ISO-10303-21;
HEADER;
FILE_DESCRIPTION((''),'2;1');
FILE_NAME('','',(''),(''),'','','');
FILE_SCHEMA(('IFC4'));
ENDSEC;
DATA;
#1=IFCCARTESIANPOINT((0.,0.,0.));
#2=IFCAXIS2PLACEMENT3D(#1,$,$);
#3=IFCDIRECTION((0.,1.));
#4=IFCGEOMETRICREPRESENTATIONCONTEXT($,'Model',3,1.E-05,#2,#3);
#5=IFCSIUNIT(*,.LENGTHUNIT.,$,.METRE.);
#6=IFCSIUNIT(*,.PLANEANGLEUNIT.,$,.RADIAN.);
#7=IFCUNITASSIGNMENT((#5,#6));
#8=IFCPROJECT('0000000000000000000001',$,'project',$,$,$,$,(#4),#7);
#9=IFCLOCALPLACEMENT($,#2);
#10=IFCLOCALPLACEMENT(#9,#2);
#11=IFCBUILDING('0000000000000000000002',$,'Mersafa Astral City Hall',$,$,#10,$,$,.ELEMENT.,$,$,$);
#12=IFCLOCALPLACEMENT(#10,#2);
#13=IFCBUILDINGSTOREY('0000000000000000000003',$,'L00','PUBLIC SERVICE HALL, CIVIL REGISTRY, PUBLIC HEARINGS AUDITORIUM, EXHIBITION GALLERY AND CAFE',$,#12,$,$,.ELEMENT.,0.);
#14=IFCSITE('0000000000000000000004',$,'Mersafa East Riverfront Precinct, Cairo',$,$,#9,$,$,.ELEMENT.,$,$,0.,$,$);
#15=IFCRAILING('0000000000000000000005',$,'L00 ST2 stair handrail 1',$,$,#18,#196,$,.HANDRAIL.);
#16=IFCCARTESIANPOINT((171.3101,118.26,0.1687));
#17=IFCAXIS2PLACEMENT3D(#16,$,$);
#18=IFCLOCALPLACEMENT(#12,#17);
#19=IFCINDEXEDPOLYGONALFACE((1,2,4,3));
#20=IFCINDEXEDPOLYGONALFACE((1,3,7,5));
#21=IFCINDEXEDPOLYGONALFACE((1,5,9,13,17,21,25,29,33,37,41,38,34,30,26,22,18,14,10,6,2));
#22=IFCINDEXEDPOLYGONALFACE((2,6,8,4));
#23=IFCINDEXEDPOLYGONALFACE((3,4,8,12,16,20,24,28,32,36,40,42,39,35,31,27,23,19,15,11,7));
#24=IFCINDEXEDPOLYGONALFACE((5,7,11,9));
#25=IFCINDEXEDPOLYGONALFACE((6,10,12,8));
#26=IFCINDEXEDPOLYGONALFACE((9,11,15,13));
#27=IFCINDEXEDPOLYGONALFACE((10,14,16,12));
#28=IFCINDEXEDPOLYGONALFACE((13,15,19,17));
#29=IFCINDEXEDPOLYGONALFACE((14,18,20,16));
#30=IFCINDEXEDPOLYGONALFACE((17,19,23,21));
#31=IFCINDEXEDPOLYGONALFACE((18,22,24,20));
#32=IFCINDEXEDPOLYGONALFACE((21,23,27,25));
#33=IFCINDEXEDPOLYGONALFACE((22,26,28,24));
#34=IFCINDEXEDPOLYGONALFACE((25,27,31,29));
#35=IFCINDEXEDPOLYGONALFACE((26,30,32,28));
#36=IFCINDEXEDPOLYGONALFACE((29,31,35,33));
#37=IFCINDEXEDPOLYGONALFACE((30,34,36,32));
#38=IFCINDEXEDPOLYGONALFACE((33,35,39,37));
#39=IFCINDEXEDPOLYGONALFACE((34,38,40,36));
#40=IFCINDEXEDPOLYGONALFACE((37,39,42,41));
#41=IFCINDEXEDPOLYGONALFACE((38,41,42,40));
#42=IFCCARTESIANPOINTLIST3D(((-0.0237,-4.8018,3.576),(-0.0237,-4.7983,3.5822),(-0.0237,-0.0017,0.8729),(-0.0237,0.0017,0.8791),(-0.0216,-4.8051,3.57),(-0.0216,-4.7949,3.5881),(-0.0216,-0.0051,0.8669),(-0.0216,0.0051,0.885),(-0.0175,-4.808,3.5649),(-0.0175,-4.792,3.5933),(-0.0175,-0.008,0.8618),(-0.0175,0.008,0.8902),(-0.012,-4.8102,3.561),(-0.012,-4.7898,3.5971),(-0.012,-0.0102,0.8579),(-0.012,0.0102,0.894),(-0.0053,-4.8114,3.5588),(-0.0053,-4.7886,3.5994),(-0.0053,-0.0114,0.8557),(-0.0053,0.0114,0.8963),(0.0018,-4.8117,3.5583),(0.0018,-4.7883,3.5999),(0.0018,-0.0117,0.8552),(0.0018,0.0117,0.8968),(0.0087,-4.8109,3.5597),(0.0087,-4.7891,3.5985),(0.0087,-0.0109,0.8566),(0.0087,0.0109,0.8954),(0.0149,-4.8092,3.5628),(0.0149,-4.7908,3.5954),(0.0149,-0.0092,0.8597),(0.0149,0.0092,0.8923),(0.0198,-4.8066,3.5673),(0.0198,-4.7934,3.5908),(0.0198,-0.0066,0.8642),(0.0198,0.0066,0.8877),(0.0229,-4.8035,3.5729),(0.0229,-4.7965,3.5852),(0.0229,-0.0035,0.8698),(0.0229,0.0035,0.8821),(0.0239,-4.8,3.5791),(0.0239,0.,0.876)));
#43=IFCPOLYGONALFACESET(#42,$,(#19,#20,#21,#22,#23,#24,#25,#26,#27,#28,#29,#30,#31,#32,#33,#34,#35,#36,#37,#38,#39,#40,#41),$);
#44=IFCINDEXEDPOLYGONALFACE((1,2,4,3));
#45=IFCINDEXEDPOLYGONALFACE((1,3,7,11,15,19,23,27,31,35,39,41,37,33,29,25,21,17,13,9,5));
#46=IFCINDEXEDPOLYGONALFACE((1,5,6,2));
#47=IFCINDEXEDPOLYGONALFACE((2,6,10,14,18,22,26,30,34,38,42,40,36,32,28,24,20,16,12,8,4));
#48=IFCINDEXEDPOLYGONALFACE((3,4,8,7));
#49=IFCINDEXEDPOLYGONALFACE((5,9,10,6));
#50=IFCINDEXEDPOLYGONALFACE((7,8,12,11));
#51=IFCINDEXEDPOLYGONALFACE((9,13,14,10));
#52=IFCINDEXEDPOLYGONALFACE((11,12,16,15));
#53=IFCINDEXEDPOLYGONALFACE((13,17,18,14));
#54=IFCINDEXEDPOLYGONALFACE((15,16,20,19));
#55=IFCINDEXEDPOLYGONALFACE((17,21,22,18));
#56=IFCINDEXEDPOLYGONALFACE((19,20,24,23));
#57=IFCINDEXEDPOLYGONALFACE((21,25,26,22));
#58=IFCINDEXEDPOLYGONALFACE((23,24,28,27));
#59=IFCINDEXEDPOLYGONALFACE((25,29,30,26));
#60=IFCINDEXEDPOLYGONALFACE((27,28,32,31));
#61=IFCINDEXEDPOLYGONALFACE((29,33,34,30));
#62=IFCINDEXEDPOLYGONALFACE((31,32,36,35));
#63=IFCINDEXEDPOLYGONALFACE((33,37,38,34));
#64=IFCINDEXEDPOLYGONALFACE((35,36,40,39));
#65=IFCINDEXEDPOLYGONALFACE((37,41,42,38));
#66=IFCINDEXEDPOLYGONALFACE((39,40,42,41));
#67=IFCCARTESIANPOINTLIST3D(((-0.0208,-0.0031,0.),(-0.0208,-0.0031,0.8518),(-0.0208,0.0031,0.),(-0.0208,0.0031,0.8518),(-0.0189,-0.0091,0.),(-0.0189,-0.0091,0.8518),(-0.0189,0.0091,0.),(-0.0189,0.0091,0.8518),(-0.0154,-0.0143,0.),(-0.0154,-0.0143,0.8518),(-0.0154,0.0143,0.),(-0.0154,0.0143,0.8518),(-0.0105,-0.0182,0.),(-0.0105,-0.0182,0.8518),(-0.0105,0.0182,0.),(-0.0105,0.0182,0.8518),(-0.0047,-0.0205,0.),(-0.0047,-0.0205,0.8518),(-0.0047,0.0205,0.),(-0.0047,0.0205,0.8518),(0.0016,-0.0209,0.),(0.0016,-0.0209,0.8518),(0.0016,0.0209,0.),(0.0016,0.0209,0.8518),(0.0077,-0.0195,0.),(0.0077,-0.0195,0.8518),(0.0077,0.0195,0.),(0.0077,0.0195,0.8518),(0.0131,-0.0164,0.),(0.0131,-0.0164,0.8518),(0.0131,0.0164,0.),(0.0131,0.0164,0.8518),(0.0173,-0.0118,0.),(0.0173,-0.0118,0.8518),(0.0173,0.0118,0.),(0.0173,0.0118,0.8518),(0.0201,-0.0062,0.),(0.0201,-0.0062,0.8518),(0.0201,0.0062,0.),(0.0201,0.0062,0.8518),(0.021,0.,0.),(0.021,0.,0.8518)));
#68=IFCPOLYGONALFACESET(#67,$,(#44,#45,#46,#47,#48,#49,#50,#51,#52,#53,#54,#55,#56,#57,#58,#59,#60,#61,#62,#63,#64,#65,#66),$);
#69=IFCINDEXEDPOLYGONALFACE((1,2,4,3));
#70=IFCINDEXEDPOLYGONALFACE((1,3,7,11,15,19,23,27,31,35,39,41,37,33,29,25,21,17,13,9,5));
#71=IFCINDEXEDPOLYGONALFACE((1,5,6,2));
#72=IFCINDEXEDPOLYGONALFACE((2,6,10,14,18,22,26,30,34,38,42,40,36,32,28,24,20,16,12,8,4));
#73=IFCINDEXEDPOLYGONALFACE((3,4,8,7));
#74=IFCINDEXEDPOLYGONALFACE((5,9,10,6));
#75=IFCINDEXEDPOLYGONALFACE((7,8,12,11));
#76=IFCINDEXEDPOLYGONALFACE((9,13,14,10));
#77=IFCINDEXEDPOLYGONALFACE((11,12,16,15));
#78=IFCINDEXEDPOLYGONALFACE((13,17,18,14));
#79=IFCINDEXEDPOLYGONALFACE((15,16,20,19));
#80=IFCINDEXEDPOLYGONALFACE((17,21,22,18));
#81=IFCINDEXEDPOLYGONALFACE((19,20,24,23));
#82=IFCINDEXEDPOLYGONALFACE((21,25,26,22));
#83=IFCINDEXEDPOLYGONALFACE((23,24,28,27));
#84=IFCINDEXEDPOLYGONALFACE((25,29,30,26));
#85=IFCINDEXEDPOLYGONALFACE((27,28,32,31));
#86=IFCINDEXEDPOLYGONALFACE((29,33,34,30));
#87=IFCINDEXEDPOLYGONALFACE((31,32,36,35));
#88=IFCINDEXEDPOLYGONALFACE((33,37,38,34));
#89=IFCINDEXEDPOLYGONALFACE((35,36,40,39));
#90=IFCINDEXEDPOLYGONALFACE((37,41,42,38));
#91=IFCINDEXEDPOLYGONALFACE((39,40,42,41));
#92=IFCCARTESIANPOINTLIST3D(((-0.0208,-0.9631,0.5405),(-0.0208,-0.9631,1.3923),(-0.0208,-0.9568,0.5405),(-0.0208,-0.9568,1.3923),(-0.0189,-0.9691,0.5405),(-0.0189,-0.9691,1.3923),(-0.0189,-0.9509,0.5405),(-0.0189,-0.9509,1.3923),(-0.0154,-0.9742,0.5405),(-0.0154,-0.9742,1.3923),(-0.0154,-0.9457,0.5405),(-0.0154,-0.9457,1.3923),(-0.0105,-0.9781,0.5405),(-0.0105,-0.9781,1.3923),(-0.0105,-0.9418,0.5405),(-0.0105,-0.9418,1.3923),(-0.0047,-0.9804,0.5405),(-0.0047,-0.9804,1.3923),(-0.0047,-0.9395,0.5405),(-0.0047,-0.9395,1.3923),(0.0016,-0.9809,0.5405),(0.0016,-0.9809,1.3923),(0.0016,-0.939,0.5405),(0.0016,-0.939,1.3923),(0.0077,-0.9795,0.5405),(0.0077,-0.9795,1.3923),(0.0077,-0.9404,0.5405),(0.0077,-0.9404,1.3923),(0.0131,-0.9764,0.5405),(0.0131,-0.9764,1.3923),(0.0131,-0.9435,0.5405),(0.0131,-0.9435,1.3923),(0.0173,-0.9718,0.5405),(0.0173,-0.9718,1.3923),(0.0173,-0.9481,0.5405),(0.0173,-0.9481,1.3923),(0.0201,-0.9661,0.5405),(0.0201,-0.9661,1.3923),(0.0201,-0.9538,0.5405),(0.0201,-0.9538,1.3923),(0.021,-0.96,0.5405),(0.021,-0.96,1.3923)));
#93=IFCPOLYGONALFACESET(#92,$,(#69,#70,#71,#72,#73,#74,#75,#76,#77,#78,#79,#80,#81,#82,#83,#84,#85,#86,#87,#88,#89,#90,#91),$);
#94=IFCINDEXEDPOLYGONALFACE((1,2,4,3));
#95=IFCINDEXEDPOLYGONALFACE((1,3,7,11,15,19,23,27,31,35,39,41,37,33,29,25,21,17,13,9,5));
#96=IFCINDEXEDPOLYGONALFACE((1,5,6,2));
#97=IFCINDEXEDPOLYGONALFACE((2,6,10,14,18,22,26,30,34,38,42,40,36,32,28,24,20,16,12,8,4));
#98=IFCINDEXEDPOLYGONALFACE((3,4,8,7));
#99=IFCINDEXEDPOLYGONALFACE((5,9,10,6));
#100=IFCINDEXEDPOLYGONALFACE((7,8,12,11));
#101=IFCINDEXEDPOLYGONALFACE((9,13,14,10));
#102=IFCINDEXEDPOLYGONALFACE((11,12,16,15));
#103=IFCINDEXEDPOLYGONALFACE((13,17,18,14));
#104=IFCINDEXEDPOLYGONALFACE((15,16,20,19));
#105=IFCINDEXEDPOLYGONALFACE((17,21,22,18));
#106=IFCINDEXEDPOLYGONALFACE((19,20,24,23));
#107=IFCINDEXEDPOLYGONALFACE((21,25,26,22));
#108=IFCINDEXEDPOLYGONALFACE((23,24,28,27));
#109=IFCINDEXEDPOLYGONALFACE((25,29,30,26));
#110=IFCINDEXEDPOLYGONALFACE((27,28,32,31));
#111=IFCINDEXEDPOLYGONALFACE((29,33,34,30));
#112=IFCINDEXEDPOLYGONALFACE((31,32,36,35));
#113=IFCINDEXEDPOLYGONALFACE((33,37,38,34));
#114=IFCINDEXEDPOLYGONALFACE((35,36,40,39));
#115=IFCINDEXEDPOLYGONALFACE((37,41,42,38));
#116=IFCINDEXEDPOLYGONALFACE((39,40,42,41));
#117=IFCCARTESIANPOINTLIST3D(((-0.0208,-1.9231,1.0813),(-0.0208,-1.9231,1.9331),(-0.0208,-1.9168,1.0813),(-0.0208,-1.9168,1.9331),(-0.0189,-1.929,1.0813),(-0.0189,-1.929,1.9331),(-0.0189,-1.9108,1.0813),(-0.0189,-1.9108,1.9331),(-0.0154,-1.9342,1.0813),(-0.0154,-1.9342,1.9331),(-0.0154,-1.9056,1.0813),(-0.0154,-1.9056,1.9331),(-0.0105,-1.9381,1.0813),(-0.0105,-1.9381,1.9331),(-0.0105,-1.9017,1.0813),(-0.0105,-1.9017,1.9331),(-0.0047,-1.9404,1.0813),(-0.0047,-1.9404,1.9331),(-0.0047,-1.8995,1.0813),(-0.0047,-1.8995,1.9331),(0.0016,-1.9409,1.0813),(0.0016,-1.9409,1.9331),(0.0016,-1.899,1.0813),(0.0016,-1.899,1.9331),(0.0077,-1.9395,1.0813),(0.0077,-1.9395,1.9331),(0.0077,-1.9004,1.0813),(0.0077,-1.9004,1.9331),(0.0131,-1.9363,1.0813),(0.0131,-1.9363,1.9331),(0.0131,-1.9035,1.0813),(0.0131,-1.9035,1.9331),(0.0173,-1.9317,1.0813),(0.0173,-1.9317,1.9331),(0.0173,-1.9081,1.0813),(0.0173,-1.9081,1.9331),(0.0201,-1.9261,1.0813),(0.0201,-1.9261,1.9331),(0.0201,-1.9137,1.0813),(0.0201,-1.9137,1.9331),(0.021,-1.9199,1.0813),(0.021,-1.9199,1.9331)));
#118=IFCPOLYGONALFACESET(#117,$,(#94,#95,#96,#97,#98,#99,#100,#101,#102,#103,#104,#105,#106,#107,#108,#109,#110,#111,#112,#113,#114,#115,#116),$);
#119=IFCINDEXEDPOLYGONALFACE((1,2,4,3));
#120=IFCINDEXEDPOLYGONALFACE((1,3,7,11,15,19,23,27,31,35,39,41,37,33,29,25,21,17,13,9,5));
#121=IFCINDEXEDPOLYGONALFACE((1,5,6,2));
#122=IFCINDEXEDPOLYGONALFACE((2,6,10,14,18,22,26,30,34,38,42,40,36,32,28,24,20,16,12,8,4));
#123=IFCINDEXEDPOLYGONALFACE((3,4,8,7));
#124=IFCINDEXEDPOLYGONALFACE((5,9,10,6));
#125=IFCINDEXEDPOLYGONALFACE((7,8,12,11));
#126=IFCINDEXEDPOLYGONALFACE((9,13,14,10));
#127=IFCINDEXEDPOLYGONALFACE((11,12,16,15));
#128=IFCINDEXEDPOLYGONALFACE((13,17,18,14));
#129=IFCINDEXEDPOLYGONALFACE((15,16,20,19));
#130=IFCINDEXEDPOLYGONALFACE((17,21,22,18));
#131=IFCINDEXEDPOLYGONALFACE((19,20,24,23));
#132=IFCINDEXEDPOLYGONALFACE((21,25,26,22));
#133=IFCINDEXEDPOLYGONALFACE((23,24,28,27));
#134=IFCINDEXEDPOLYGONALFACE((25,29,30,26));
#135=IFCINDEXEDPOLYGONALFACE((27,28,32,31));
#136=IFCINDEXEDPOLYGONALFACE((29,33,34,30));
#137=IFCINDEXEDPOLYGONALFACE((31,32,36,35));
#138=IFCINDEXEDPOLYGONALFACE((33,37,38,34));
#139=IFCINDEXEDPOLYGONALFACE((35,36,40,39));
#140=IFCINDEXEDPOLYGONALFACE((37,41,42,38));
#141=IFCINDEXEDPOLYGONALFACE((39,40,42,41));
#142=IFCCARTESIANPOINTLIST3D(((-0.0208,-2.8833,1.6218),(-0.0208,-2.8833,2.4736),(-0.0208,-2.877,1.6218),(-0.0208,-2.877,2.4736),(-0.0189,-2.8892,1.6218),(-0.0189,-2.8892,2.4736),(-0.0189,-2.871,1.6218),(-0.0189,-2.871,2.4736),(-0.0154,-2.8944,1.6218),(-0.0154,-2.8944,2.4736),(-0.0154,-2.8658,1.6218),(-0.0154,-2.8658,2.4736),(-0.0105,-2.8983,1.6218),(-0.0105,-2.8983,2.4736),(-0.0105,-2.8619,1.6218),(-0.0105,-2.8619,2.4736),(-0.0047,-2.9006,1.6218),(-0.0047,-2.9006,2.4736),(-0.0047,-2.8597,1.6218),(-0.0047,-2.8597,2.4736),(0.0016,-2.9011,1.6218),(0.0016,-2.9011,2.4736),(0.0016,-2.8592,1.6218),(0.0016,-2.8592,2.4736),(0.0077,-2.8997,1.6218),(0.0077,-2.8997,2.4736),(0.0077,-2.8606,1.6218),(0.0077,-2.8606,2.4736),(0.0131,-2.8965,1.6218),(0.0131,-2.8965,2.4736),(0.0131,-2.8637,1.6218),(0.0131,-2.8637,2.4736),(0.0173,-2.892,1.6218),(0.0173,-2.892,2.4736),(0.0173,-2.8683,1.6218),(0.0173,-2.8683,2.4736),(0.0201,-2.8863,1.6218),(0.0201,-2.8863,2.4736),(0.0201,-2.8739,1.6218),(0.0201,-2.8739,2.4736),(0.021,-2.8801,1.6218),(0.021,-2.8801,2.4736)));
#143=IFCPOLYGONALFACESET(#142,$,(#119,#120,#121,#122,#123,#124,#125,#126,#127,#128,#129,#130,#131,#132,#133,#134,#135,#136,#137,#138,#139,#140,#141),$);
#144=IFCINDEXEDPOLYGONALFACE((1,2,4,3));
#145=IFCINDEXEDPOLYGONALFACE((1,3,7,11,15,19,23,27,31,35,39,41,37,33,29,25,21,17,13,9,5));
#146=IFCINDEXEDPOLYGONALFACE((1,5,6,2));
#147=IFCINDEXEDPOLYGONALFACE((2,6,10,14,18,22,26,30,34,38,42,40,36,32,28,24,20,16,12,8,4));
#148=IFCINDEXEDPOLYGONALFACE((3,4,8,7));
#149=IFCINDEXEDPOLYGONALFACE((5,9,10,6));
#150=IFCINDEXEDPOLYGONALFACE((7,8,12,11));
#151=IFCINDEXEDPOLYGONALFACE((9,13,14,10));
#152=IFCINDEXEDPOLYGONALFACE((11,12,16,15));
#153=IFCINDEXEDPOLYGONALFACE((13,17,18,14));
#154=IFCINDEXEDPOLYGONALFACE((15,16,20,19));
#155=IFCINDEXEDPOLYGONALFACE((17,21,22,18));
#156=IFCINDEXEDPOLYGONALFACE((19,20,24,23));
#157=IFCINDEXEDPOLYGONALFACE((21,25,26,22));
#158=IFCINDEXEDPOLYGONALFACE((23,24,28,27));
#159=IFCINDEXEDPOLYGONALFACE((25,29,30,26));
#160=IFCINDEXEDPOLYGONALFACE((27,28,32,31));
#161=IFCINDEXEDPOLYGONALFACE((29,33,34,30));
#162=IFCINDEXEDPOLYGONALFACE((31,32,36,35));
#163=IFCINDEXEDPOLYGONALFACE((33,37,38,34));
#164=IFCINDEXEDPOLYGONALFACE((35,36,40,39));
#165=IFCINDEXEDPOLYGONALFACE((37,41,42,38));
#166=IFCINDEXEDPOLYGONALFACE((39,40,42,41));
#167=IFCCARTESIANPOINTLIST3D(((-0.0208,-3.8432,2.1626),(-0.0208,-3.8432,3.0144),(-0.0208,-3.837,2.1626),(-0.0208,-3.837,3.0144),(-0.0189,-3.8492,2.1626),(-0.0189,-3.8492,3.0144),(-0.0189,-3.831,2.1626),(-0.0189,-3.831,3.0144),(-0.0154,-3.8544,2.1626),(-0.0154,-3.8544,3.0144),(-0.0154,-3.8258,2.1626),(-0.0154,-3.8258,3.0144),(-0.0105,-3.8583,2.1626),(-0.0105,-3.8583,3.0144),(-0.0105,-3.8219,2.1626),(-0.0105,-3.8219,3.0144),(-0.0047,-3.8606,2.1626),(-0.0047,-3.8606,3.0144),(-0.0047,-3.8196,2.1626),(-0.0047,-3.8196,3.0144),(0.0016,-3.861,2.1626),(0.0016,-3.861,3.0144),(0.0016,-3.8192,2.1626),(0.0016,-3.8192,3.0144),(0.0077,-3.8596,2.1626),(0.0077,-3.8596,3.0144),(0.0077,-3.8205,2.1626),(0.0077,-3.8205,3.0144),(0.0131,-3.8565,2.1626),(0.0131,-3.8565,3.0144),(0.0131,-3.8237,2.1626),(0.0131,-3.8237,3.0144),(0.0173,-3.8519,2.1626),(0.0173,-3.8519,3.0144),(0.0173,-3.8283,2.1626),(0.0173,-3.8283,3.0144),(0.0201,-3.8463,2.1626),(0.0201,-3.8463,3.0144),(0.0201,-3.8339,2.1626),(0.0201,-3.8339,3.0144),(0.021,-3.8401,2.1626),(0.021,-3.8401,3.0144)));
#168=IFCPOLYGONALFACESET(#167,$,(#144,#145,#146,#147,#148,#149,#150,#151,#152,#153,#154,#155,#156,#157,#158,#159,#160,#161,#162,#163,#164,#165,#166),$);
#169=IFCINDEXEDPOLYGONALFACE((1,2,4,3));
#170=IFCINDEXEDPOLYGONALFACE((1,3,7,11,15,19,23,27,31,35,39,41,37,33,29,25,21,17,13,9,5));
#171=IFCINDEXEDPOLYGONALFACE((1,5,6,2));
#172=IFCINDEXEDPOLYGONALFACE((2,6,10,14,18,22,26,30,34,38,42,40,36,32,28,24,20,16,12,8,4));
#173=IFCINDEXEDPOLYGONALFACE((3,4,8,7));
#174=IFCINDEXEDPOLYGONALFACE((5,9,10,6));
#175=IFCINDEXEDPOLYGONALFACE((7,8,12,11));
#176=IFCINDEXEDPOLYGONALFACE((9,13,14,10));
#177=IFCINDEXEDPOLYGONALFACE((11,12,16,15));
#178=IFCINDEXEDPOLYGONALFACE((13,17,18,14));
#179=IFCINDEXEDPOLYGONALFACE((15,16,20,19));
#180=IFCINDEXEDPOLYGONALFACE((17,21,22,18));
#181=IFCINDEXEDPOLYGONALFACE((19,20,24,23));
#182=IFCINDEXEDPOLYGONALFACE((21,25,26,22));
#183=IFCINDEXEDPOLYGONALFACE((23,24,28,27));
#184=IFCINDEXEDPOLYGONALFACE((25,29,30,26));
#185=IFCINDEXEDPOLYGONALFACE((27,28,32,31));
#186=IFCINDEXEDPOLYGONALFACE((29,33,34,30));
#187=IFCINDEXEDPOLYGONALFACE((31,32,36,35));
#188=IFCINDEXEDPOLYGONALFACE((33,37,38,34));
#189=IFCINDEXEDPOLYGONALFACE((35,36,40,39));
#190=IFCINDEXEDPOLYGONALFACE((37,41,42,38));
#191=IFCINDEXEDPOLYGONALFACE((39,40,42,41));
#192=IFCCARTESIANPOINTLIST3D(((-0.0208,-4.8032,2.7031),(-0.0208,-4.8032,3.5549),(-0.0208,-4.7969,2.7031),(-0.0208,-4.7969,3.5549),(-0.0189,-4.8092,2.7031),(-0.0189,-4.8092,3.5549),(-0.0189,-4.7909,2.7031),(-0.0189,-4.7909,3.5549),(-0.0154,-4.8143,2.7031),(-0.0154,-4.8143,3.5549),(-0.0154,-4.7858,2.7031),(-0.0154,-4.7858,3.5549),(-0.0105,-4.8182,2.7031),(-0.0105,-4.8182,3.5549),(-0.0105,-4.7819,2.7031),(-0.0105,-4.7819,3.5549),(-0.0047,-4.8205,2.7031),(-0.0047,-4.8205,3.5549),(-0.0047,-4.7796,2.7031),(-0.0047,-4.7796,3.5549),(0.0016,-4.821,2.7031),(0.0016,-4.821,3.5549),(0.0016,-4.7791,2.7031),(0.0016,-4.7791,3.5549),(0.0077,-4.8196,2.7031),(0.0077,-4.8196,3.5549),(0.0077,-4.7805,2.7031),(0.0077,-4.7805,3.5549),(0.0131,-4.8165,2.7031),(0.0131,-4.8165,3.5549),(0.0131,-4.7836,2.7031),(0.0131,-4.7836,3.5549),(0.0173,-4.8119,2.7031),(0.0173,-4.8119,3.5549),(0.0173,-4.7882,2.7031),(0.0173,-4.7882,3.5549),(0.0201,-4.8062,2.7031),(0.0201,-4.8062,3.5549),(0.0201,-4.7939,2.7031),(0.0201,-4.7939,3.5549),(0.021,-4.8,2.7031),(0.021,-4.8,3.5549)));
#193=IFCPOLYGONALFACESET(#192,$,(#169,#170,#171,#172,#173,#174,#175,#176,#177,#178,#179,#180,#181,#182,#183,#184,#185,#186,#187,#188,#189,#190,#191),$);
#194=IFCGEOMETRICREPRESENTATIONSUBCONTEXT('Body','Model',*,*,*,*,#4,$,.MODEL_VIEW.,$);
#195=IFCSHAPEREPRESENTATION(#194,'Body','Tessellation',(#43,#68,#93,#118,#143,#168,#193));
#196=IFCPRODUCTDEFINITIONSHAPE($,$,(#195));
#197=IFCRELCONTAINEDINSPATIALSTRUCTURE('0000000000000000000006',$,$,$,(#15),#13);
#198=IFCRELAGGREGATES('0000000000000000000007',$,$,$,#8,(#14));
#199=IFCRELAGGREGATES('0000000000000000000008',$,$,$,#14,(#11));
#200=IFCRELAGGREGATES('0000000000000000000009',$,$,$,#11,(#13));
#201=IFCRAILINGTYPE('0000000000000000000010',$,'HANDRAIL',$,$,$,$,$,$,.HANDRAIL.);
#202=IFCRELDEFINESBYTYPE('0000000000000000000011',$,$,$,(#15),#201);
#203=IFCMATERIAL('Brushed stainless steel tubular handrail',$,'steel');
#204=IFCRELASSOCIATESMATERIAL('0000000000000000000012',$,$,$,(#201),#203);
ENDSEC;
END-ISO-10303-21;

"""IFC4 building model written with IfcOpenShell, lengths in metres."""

from ifc_helpers import new_model, si_unit, direction, frame, origin, origin_2d, place, context, subcontext, project, spatial, circle, extrude, material, type_object, element, save


model = new_model("IFC4")

# Units and contexts
model_context = context("Model", 3, precision=1e-05, world=origin(), true_north=direction((0.0, 1.0)))
body_context = subcontext(model_context, "Body", "Model", "MODEL_VIEW")
ifc_project = project(units=[si_unit("LENGTHUNIT", "METRE"), si_unit("PLANEANGLEUNIT", "RADIAN")], contexts=[model_context])

# Site, building, storey
site_placement = place(None, origin())
site = spatial("IfcSite", under=ifc_project, at=site_placement, Name="Mersafa East Riverfront Precinct, Cairo", CompositionType="ELEMENT", RefElevation=0.0)
building_placement = place(site_placement, origin())
building = spatial("IfcBuilding", under=site, at=building_placement, Name="Mersafa Astral City Hall", CompositionType="ELEMENT")
storey_placement = place(building_placement, origin())
storey = spatial("IfcBuildingStorey", under=building, at=storey_placement, Name="L00", Description="PUBLIC SERVICE HALL, CIVIL REGISTRY, PUBLIC HEARINGS AUDITORIUM, EXHIBITION GALLERY AND CAFE", CompositionType="ELEMENT", Elevation=0.0)

# Railing
ifc_material_1 = material(Name="Brushed stainless steel tubular handrail", Category="steel")
railing_type_1 = type_object("IfcRailingType", Name="HANDRAIL", PredefinedType="HANDRAIL", material=ifc_material_1)
railing_1_placement = place(storey_placement, frame((171.3101, 118.26, 0.1687)))
element("IfcRailing", 1, at=railing_1_placement, inside=storey, type_object=railing_type_1, Name="L00 ST2 stair handrail 1", PredefinedType="HANDRAIL", context=body_context, shape_type="SweptSolid", body=[
    extrude(circle(Radius=0.0239, at=origin_2d()), frame((0.0, 0.0, 0.876), z_axis=(0.0, -0.871335, 0.490688), x_axis=(1.0, 0.0, 0.0)), (0.0, 0.0, 1.0), 5.5088),
    extrude(circle(Radius=0.021, at=origin_2d()), origin(), (0.0, 0.0, 1.0), 0.8518),
    extrude(circle(Radius=0.021, at=origin_2d()), frame((0.0, -0.96, 0.5405)), (0.0, 0.0, 1.0), 0.8518),
    extrude(circle(Radius=0.021, at=origin_2d()), frame((0.0, -1.9199, 1.0813)), (0.0, 0.0, 1.0), 0.8518),
    extrude(circle(Radius=0.021, at=origin_2d()), frame((0.0, -2.8801, 1.6218)), (0.0, 0.0, 1.0), 0.8518),
    extrude(circle(Radius=0.021, at=origin_2d()), frame((0.0, -3.8401, 2.1626)), (0.0, 0.0, 1.0), 0.8518),
    extrude(circle(Radius=0.021, at=origin_2d()), frame((0.0, -4.8, 2.7031)), (0.0, 0.0, 1.0), 0.8518),
])

save(model, "model.ifc")
